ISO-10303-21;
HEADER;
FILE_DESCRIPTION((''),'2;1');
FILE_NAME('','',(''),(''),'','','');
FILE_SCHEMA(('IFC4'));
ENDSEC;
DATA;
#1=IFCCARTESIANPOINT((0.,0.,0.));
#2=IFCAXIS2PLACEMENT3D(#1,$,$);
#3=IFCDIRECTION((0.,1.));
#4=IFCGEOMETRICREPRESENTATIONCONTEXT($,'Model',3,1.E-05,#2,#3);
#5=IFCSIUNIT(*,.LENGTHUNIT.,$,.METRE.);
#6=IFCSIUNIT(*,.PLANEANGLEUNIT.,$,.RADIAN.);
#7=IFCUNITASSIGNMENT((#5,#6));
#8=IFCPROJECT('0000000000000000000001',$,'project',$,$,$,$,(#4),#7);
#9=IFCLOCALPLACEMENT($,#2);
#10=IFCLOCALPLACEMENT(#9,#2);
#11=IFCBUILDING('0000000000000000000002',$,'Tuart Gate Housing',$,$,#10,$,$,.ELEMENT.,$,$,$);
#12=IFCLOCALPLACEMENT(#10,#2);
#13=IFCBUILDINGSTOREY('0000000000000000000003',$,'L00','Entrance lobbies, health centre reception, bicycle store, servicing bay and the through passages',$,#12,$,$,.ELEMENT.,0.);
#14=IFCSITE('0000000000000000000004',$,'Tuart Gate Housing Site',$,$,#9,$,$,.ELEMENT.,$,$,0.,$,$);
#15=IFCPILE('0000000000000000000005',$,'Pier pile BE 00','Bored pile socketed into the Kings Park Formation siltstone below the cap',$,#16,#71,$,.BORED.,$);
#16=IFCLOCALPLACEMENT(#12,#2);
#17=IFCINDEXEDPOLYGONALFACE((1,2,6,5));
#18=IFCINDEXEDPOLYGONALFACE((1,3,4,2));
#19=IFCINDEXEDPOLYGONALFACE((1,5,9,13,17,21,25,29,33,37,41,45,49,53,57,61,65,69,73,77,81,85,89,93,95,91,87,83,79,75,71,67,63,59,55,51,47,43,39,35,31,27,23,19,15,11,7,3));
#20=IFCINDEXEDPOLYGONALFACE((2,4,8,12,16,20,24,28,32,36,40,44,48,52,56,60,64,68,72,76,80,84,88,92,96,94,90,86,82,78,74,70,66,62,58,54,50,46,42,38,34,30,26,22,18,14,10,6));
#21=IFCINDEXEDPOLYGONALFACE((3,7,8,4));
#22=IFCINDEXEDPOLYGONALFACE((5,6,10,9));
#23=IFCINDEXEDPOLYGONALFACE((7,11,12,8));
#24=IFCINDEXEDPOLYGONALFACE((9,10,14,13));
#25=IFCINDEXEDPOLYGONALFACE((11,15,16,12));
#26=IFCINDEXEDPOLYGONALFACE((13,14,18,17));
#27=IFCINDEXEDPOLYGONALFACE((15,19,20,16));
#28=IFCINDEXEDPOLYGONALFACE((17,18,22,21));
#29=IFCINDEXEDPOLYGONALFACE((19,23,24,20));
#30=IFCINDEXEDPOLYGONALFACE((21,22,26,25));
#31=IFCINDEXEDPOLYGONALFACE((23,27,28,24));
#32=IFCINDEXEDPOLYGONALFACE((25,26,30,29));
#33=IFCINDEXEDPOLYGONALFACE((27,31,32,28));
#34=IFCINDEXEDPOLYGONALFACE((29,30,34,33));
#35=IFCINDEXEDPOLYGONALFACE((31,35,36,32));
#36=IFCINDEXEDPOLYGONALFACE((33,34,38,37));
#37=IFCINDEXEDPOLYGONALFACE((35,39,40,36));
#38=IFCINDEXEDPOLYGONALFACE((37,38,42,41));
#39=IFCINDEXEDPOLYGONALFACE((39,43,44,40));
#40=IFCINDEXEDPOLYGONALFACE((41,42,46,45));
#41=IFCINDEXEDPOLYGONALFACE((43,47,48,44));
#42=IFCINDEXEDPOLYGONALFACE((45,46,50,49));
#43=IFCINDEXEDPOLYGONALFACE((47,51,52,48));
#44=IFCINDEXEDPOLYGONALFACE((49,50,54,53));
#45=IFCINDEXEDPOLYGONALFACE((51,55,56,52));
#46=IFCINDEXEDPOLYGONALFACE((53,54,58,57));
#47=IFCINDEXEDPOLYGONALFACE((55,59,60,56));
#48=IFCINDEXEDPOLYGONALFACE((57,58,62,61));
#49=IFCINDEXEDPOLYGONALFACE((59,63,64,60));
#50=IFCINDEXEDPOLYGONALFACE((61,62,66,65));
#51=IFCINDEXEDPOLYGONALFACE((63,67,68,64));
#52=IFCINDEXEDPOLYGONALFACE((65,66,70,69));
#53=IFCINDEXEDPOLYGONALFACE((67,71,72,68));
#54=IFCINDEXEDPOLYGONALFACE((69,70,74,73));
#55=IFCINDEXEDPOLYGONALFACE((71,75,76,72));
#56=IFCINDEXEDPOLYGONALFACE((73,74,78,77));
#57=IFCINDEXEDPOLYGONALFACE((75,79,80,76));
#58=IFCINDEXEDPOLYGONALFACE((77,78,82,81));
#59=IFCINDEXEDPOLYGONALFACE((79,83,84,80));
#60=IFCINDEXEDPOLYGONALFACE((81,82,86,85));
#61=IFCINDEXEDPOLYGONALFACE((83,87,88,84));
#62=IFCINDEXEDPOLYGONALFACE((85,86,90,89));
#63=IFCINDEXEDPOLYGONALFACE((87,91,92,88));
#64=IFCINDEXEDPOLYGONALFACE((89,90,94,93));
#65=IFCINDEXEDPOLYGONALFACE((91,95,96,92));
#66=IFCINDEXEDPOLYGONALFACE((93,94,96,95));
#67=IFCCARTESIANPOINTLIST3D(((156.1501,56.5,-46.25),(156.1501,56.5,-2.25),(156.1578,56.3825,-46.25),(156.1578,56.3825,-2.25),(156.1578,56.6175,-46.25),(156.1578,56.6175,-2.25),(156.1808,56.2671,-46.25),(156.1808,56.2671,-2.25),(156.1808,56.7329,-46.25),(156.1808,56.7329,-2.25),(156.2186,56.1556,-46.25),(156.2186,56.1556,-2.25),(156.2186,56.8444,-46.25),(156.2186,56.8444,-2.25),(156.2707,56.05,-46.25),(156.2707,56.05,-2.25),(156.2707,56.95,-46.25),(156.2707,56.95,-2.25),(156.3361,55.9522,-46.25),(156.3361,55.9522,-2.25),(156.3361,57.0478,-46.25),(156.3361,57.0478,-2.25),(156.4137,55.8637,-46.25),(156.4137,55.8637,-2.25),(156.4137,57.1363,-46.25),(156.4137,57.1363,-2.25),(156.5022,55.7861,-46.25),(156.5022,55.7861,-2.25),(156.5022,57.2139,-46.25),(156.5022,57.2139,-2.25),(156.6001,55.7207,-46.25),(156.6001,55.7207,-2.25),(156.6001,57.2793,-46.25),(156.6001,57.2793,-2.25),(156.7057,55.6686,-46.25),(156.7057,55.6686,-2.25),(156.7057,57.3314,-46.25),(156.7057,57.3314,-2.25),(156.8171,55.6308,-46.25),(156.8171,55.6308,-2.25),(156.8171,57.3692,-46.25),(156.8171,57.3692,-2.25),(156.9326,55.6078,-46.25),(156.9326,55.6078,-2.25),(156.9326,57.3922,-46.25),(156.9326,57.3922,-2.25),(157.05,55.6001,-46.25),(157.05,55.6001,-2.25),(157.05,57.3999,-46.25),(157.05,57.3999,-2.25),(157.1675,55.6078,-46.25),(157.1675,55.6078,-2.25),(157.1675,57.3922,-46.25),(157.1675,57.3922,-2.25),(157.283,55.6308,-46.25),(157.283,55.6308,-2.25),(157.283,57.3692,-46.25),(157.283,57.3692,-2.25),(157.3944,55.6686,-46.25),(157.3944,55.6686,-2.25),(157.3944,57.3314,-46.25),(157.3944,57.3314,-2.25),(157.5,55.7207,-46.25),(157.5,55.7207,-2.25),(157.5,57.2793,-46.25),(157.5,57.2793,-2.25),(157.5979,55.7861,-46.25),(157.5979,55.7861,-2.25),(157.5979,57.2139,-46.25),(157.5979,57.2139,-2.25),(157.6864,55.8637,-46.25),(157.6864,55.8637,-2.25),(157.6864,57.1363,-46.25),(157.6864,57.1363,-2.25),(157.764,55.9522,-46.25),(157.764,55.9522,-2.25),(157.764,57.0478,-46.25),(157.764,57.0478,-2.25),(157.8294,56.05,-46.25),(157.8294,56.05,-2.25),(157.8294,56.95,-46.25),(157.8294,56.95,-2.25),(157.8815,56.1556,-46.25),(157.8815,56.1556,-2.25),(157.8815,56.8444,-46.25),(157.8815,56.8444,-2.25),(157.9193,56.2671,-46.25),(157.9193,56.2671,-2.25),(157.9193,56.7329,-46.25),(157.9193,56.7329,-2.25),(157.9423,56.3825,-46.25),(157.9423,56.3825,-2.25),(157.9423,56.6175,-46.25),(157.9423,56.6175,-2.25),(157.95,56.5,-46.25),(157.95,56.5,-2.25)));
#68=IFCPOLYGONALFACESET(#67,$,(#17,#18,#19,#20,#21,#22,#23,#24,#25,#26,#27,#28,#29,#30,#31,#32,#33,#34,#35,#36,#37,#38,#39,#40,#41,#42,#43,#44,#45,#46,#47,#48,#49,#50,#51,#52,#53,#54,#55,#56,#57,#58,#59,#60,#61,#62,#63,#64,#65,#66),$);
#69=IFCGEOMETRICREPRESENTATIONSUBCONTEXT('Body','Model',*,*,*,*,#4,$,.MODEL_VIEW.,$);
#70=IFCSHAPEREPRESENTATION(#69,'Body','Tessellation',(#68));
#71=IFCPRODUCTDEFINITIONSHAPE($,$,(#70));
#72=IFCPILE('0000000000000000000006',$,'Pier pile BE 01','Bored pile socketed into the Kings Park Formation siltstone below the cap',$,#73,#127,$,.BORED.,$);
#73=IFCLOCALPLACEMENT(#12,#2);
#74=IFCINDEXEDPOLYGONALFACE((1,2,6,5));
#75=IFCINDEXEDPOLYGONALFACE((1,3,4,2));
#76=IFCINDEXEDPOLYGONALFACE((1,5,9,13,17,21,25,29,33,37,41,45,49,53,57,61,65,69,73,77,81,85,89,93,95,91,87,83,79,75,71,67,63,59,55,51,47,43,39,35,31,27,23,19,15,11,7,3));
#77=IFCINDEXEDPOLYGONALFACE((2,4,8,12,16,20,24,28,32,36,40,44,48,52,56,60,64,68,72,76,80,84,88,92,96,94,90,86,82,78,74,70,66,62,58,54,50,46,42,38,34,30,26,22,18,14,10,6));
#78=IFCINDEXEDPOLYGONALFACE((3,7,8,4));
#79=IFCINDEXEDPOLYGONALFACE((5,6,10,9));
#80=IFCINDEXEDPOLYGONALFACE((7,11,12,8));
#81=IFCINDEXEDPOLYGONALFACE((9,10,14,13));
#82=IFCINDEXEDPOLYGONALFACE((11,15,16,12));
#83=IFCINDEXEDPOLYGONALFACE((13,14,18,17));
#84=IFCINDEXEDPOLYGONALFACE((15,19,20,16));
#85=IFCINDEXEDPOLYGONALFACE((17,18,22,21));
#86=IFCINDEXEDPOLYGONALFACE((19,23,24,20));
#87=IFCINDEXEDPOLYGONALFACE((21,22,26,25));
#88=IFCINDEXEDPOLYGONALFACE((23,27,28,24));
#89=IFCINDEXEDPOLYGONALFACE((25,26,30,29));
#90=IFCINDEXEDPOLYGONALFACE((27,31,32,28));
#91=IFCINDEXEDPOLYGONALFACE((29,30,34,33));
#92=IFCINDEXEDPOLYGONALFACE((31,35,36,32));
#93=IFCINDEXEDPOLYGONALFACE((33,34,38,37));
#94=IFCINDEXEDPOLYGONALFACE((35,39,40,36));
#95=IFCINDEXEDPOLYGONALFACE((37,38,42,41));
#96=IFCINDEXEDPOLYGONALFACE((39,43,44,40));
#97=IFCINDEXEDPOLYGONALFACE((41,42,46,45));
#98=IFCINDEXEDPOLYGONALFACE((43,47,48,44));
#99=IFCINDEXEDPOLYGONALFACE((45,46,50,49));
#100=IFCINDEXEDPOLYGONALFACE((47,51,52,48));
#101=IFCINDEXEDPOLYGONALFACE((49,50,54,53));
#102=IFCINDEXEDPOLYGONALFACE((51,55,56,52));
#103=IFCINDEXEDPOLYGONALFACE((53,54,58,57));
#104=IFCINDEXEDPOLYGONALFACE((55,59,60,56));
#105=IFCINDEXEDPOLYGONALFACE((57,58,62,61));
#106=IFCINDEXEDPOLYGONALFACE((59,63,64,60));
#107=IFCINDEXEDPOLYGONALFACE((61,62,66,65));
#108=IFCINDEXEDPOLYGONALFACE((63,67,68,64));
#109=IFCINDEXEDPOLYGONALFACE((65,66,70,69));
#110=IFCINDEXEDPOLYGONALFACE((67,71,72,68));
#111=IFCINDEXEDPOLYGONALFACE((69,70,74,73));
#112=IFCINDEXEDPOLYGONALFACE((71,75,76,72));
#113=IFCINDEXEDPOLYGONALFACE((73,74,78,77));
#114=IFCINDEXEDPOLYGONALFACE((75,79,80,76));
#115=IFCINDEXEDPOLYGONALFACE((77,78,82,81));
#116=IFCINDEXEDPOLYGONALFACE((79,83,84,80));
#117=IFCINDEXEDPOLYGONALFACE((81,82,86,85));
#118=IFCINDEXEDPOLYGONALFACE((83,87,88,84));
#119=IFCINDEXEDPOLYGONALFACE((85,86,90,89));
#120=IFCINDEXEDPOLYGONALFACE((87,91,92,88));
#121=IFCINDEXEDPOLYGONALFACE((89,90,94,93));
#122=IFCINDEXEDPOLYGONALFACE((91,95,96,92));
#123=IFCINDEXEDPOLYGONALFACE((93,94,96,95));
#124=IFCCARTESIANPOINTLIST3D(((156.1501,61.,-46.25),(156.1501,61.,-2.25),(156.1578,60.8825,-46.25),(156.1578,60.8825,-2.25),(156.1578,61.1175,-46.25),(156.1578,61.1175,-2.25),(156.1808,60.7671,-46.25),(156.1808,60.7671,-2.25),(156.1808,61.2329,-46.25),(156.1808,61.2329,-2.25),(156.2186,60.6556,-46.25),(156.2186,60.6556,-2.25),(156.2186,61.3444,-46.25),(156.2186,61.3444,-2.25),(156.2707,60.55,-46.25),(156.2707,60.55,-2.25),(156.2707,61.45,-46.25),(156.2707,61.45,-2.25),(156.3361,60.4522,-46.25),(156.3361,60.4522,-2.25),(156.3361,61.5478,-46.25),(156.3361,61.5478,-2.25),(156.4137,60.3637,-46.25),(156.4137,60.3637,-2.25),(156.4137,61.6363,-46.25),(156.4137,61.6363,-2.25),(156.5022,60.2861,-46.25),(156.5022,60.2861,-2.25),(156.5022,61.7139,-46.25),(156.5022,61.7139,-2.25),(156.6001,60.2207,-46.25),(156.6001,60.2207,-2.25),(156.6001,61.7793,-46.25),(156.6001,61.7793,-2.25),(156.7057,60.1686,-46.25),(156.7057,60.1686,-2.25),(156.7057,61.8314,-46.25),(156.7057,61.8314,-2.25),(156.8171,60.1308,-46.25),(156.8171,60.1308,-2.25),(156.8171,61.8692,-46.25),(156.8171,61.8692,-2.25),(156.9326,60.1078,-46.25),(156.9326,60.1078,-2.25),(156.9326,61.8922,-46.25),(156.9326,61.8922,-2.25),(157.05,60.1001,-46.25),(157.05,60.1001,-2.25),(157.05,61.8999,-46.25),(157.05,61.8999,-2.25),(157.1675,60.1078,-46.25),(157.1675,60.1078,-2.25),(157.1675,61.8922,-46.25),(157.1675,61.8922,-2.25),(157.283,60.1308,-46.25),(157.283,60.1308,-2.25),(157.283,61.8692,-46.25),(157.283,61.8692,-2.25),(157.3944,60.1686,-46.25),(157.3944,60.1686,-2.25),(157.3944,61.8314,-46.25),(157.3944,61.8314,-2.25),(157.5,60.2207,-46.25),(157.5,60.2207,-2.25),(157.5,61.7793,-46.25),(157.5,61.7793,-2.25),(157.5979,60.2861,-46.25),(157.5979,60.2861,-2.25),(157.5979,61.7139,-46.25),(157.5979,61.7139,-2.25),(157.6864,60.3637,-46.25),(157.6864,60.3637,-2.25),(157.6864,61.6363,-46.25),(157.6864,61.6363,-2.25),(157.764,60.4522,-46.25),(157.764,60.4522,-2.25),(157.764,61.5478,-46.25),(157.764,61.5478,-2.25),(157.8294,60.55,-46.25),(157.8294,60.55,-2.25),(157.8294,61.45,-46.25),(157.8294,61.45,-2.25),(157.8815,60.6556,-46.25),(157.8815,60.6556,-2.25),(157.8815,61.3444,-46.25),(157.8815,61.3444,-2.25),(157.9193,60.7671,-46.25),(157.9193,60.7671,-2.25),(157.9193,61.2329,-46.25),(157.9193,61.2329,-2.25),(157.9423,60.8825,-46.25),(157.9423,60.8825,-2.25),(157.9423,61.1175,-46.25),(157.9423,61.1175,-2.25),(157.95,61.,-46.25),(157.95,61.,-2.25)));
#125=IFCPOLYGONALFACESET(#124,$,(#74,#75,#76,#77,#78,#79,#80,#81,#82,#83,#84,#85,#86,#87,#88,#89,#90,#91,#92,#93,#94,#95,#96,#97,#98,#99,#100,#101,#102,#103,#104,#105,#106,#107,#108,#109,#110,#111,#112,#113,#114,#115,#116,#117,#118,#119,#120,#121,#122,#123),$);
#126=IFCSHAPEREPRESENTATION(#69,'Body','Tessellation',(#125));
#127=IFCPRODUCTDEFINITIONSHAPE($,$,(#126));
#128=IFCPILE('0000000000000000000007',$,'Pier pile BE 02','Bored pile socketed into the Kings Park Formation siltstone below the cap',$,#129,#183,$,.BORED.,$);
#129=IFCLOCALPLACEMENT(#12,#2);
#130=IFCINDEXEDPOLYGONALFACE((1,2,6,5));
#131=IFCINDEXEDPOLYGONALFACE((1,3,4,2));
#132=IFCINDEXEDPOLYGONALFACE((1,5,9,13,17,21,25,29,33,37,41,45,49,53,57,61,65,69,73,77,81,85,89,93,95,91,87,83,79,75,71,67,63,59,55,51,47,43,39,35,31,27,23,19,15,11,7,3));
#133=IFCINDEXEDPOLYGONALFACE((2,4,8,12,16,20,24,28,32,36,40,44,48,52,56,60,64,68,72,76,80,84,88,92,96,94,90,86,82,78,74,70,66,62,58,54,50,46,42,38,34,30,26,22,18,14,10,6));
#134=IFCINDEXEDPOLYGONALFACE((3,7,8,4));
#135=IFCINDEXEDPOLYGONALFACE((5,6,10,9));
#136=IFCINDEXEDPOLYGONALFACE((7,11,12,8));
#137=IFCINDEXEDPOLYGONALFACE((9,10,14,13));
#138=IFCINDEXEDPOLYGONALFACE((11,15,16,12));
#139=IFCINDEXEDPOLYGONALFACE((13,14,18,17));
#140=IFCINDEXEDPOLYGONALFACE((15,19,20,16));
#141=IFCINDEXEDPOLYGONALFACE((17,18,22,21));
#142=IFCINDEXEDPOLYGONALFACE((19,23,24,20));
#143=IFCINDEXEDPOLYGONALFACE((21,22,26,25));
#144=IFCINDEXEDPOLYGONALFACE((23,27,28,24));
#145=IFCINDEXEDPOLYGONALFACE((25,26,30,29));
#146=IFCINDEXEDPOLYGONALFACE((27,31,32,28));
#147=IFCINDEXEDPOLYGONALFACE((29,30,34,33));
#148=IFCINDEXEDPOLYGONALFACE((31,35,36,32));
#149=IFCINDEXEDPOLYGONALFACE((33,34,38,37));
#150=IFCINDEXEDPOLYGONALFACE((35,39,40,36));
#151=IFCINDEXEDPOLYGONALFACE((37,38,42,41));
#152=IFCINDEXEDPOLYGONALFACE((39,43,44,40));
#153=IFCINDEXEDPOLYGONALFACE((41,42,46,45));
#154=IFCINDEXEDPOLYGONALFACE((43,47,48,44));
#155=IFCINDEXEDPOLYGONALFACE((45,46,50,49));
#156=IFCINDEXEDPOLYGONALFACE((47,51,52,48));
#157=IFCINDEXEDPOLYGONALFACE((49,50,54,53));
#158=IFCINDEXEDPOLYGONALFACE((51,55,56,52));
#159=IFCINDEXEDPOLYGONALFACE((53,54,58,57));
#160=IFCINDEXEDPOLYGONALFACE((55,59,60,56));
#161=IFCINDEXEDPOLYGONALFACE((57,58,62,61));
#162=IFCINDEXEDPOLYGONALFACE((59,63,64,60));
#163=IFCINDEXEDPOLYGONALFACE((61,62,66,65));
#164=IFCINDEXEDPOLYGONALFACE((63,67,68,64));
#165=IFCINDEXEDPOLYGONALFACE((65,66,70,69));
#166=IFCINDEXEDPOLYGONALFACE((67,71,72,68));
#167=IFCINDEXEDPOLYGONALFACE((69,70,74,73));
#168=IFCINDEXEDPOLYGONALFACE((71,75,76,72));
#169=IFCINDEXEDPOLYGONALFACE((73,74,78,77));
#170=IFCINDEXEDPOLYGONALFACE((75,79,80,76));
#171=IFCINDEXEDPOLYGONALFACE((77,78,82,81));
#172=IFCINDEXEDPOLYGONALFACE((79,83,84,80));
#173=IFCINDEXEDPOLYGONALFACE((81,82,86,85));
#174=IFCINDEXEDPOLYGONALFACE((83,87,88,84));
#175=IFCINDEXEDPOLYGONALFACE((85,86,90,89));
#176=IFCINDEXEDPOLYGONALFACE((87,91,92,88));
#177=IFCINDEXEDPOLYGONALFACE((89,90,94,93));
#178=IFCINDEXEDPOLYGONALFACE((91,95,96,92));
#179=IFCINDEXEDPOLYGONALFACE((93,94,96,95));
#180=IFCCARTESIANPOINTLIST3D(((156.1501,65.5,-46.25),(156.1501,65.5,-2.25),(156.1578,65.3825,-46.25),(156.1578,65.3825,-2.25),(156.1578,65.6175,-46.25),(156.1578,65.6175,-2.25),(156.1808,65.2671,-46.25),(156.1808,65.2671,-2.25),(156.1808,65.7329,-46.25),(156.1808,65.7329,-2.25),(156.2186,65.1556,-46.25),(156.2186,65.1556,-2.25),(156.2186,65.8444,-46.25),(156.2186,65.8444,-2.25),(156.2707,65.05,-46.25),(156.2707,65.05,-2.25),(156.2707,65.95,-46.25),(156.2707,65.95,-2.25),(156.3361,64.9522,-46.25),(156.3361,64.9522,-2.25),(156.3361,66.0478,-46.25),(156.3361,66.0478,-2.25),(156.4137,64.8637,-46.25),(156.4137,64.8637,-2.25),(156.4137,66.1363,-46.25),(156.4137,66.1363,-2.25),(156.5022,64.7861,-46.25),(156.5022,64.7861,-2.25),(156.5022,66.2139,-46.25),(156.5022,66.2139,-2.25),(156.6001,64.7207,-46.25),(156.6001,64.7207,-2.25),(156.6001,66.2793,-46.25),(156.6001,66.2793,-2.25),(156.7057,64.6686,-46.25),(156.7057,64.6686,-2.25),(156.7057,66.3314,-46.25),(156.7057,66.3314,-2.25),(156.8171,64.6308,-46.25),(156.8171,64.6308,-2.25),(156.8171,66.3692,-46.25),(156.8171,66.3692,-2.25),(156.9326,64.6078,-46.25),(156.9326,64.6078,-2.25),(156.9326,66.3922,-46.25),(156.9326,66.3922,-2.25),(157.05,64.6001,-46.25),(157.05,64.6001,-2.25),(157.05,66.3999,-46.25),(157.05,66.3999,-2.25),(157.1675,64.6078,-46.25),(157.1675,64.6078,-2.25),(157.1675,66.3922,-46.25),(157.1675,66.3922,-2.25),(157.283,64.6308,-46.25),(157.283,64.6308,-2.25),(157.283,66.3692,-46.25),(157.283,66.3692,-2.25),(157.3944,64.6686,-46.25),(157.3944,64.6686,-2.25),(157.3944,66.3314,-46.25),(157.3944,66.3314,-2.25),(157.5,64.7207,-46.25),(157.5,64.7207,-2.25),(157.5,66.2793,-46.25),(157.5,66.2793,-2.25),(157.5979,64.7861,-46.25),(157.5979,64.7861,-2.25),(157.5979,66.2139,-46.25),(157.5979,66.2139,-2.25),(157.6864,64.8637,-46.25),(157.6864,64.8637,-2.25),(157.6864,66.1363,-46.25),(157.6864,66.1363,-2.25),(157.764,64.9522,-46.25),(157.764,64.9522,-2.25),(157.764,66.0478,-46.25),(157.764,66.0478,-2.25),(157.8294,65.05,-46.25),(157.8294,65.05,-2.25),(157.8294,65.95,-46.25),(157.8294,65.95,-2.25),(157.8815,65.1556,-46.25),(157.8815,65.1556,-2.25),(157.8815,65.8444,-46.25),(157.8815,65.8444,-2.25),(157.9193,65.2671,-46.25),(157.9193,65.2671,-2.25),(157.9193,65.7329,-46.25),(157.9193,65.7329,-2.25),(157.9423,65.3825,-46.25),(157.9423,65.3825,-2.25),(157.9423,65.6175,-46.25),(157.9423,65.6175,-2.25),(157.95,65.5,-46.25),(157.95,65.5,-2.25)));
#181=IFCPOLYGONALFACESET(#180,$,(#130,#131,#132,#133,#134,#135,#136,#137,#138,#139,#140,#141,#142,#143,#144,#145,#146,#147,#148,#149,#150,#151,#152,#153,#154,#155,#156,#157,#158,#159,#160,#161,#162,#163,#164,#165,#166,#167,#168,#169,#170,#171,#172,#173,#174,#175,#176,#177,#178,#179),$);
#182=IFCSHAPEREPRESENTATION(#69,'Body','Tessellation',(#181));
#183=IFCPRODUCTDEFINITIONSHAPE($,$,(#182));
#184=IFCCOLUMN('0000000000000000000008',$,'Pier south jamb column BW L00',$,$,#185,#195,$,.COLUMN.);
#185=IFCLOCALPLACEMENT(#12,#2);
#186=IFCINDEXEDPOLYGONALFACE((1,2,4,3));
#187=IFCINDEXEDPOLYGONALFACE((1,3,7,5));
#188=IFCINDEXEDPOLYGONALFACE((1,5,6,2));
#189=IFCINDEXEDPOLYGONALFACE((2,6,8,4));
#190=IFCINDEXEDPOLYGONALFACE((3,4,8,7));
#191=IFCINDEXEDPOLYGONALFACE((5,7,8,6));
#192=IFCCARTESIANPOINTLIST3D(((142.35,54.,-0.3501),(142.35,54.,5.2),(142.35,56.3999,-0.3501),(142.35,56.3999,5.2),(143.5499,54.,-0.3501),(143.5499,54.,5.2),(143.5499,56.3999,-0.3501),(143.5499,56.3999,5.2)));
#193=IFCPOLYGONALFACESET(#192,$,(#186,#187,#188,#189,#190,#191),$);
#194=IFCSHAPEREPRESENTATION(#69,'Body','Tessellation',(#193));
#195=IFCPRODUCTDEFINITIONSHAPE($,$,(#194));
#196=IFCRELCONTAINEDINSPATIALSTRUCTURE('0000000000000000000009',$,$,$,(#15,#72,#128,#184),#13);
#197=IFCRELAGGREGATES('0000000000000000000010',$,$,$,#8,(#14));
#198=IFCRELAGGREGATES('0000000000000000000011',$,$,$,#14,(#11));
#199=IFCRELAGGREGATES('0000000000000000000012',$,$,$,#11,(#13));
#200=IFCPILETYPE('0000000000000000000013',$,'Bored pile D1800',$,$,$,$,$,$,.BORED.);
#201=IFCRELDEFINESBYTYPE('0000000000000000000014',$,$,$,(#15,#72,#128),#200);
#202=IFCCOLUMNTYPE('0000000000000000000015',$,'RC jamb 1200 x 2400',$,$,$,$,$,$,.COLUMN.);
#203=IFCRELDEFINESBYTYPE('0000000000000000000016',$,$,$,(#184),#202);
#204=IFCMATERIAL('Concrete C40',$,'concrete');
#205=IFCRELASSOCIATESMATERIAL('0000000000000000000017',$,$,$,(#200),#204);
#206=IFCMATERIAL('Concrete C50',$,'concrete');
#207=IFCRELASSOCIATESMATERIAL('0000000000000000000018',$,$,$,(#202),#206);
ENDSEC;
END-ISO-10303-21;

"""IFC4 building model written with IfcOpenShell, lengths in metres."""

from ifc_helpers import new_model, si_unit, direction, frame, origin, origin_2d, place, context, subcontext, project, spatial, rectangle, circle, extrude, material, material_profile, profile_set, type_object, element, save


model = new_model("IFC4")

# Units and contexts
model_context = context("Model", 3, precision=1e-05, world=origin(), true_north=direction((0.0, 1.0)))
body_context = subcontext(model_context, "Body", "Model", "MODEL_VIEW")
ifc_project = project(units=[si_unit("LENGTHUNIT", "METRE"), si_unit("PLANEANGLEUNIT", "RADIAN")], contexts=[model_context])

# Site, building, storey
site_placement = place(None, origin())
site = spatial("IfcSite", under=ifc_project, at=site_placement, Name="Tuart Gate Housing Site", CompositionType="ELEMENT", RefElevation=0.0)
building_placement = place(site_placement, origin())
building = spatial("IfcBuilding", under=site, at=building_placement, Name="Tuart Gate Housing", CompositionType="ELEMENT")
storey_placement = place(building_placement, origin())
storey = spatial("IfcBuildingStorey", under=building, at=storey_placement, Name="L00", Description="Entrance lobbies, health centre reception, bicycle store, servicing bay and the through passages", CompositionType="ELEMENT", Elevation=0.0)

# Piles
ifc_material_1 = material(Name="Concrete C40", Category="concrete")
ifc_material_profile_1 = material_profile(ifc_material_1, circle(Radius=0.8999, at=origin_2d()), Name="Bored pile D1800")
ifc_profile_set_1 = profile_set([ifc_material_profile_1], Name="Concrete C40")
pile_type = type_object("IfcPileType", Name="Bored pile D1800", PredefinedType="BORED", material=ifc_profile_set_1)
for number, where, z_axis, x_axis, name in (
    (1, (157.05, 56.5, -2.25), (0.0, 0.0, -1.0), (1.0, 0.0, 0.0), "Pier pile BE 00"),
    (2, (157.05, 61.0, -2.25), (0.0, 0.0, -1.0), (1.0, 0.0, 0.0), "Pier pile BE 01"),
    (3, (157.05, 65.5, -2.25), (0.0, 0.0, -1.0), (1.0, 0.0, 0.0), "Pier pile BE 02"),
):
    element("IfcPile", number, at=place(storey_placement, frame(where, z_axis=z_axis, x_axis=x_axis)), inside=storey, type_object=pile_type, Name=name, Description="Bored pile socketed into the Kings Park Formation siltstone below the cap", PredefinedType="BORED", context=body_context, shape_type="SweptSolid", body=[
        extrude(circle(Radius=0.8999, at=origin_2d()), origin(), (0.0, 0.0, 1.0), 44.0),
    ])

# Column
ifc_material_2 = material(Name="Concrete C50", Category="concrete")
ifc_material_profile_2 = material_profile(ifc_material_2, rectangle(XDim=1.2, YDim=2.3999, at=origin_2d()), Name="RC jamb 1200 x 2400")
ifc_profile_set_2 = profile_set([ifc_material_profile_2], Name="Concrete C50")
column_type = type_object("IfcColumnType", Name="RC jamb 1200 x 2400", PredefinedType="COLUMN", material=ifc_profile_set_2)
column_placement = place(storey_placement, frame((142.95, 55.2, -0.3501), z_axis=(0.0, 0.0, 1.0), x_axis=(1.0, 0.0, 0.0)))
element("IfcColumn", 4, at=column_placement, inside=storey, type_object=column_type, Name="Pier south jamb column BW L00", PredefinedType="COLUMN", context=body_context, shape_type="SweptSolid", body=[
    extrude(rectangle(XDim=1.2, YDim=2.3999, at=origin_2d()), origin(), (0.0, 0.0, 1.0), 5.55),
])

save(model, "model.ifc")
